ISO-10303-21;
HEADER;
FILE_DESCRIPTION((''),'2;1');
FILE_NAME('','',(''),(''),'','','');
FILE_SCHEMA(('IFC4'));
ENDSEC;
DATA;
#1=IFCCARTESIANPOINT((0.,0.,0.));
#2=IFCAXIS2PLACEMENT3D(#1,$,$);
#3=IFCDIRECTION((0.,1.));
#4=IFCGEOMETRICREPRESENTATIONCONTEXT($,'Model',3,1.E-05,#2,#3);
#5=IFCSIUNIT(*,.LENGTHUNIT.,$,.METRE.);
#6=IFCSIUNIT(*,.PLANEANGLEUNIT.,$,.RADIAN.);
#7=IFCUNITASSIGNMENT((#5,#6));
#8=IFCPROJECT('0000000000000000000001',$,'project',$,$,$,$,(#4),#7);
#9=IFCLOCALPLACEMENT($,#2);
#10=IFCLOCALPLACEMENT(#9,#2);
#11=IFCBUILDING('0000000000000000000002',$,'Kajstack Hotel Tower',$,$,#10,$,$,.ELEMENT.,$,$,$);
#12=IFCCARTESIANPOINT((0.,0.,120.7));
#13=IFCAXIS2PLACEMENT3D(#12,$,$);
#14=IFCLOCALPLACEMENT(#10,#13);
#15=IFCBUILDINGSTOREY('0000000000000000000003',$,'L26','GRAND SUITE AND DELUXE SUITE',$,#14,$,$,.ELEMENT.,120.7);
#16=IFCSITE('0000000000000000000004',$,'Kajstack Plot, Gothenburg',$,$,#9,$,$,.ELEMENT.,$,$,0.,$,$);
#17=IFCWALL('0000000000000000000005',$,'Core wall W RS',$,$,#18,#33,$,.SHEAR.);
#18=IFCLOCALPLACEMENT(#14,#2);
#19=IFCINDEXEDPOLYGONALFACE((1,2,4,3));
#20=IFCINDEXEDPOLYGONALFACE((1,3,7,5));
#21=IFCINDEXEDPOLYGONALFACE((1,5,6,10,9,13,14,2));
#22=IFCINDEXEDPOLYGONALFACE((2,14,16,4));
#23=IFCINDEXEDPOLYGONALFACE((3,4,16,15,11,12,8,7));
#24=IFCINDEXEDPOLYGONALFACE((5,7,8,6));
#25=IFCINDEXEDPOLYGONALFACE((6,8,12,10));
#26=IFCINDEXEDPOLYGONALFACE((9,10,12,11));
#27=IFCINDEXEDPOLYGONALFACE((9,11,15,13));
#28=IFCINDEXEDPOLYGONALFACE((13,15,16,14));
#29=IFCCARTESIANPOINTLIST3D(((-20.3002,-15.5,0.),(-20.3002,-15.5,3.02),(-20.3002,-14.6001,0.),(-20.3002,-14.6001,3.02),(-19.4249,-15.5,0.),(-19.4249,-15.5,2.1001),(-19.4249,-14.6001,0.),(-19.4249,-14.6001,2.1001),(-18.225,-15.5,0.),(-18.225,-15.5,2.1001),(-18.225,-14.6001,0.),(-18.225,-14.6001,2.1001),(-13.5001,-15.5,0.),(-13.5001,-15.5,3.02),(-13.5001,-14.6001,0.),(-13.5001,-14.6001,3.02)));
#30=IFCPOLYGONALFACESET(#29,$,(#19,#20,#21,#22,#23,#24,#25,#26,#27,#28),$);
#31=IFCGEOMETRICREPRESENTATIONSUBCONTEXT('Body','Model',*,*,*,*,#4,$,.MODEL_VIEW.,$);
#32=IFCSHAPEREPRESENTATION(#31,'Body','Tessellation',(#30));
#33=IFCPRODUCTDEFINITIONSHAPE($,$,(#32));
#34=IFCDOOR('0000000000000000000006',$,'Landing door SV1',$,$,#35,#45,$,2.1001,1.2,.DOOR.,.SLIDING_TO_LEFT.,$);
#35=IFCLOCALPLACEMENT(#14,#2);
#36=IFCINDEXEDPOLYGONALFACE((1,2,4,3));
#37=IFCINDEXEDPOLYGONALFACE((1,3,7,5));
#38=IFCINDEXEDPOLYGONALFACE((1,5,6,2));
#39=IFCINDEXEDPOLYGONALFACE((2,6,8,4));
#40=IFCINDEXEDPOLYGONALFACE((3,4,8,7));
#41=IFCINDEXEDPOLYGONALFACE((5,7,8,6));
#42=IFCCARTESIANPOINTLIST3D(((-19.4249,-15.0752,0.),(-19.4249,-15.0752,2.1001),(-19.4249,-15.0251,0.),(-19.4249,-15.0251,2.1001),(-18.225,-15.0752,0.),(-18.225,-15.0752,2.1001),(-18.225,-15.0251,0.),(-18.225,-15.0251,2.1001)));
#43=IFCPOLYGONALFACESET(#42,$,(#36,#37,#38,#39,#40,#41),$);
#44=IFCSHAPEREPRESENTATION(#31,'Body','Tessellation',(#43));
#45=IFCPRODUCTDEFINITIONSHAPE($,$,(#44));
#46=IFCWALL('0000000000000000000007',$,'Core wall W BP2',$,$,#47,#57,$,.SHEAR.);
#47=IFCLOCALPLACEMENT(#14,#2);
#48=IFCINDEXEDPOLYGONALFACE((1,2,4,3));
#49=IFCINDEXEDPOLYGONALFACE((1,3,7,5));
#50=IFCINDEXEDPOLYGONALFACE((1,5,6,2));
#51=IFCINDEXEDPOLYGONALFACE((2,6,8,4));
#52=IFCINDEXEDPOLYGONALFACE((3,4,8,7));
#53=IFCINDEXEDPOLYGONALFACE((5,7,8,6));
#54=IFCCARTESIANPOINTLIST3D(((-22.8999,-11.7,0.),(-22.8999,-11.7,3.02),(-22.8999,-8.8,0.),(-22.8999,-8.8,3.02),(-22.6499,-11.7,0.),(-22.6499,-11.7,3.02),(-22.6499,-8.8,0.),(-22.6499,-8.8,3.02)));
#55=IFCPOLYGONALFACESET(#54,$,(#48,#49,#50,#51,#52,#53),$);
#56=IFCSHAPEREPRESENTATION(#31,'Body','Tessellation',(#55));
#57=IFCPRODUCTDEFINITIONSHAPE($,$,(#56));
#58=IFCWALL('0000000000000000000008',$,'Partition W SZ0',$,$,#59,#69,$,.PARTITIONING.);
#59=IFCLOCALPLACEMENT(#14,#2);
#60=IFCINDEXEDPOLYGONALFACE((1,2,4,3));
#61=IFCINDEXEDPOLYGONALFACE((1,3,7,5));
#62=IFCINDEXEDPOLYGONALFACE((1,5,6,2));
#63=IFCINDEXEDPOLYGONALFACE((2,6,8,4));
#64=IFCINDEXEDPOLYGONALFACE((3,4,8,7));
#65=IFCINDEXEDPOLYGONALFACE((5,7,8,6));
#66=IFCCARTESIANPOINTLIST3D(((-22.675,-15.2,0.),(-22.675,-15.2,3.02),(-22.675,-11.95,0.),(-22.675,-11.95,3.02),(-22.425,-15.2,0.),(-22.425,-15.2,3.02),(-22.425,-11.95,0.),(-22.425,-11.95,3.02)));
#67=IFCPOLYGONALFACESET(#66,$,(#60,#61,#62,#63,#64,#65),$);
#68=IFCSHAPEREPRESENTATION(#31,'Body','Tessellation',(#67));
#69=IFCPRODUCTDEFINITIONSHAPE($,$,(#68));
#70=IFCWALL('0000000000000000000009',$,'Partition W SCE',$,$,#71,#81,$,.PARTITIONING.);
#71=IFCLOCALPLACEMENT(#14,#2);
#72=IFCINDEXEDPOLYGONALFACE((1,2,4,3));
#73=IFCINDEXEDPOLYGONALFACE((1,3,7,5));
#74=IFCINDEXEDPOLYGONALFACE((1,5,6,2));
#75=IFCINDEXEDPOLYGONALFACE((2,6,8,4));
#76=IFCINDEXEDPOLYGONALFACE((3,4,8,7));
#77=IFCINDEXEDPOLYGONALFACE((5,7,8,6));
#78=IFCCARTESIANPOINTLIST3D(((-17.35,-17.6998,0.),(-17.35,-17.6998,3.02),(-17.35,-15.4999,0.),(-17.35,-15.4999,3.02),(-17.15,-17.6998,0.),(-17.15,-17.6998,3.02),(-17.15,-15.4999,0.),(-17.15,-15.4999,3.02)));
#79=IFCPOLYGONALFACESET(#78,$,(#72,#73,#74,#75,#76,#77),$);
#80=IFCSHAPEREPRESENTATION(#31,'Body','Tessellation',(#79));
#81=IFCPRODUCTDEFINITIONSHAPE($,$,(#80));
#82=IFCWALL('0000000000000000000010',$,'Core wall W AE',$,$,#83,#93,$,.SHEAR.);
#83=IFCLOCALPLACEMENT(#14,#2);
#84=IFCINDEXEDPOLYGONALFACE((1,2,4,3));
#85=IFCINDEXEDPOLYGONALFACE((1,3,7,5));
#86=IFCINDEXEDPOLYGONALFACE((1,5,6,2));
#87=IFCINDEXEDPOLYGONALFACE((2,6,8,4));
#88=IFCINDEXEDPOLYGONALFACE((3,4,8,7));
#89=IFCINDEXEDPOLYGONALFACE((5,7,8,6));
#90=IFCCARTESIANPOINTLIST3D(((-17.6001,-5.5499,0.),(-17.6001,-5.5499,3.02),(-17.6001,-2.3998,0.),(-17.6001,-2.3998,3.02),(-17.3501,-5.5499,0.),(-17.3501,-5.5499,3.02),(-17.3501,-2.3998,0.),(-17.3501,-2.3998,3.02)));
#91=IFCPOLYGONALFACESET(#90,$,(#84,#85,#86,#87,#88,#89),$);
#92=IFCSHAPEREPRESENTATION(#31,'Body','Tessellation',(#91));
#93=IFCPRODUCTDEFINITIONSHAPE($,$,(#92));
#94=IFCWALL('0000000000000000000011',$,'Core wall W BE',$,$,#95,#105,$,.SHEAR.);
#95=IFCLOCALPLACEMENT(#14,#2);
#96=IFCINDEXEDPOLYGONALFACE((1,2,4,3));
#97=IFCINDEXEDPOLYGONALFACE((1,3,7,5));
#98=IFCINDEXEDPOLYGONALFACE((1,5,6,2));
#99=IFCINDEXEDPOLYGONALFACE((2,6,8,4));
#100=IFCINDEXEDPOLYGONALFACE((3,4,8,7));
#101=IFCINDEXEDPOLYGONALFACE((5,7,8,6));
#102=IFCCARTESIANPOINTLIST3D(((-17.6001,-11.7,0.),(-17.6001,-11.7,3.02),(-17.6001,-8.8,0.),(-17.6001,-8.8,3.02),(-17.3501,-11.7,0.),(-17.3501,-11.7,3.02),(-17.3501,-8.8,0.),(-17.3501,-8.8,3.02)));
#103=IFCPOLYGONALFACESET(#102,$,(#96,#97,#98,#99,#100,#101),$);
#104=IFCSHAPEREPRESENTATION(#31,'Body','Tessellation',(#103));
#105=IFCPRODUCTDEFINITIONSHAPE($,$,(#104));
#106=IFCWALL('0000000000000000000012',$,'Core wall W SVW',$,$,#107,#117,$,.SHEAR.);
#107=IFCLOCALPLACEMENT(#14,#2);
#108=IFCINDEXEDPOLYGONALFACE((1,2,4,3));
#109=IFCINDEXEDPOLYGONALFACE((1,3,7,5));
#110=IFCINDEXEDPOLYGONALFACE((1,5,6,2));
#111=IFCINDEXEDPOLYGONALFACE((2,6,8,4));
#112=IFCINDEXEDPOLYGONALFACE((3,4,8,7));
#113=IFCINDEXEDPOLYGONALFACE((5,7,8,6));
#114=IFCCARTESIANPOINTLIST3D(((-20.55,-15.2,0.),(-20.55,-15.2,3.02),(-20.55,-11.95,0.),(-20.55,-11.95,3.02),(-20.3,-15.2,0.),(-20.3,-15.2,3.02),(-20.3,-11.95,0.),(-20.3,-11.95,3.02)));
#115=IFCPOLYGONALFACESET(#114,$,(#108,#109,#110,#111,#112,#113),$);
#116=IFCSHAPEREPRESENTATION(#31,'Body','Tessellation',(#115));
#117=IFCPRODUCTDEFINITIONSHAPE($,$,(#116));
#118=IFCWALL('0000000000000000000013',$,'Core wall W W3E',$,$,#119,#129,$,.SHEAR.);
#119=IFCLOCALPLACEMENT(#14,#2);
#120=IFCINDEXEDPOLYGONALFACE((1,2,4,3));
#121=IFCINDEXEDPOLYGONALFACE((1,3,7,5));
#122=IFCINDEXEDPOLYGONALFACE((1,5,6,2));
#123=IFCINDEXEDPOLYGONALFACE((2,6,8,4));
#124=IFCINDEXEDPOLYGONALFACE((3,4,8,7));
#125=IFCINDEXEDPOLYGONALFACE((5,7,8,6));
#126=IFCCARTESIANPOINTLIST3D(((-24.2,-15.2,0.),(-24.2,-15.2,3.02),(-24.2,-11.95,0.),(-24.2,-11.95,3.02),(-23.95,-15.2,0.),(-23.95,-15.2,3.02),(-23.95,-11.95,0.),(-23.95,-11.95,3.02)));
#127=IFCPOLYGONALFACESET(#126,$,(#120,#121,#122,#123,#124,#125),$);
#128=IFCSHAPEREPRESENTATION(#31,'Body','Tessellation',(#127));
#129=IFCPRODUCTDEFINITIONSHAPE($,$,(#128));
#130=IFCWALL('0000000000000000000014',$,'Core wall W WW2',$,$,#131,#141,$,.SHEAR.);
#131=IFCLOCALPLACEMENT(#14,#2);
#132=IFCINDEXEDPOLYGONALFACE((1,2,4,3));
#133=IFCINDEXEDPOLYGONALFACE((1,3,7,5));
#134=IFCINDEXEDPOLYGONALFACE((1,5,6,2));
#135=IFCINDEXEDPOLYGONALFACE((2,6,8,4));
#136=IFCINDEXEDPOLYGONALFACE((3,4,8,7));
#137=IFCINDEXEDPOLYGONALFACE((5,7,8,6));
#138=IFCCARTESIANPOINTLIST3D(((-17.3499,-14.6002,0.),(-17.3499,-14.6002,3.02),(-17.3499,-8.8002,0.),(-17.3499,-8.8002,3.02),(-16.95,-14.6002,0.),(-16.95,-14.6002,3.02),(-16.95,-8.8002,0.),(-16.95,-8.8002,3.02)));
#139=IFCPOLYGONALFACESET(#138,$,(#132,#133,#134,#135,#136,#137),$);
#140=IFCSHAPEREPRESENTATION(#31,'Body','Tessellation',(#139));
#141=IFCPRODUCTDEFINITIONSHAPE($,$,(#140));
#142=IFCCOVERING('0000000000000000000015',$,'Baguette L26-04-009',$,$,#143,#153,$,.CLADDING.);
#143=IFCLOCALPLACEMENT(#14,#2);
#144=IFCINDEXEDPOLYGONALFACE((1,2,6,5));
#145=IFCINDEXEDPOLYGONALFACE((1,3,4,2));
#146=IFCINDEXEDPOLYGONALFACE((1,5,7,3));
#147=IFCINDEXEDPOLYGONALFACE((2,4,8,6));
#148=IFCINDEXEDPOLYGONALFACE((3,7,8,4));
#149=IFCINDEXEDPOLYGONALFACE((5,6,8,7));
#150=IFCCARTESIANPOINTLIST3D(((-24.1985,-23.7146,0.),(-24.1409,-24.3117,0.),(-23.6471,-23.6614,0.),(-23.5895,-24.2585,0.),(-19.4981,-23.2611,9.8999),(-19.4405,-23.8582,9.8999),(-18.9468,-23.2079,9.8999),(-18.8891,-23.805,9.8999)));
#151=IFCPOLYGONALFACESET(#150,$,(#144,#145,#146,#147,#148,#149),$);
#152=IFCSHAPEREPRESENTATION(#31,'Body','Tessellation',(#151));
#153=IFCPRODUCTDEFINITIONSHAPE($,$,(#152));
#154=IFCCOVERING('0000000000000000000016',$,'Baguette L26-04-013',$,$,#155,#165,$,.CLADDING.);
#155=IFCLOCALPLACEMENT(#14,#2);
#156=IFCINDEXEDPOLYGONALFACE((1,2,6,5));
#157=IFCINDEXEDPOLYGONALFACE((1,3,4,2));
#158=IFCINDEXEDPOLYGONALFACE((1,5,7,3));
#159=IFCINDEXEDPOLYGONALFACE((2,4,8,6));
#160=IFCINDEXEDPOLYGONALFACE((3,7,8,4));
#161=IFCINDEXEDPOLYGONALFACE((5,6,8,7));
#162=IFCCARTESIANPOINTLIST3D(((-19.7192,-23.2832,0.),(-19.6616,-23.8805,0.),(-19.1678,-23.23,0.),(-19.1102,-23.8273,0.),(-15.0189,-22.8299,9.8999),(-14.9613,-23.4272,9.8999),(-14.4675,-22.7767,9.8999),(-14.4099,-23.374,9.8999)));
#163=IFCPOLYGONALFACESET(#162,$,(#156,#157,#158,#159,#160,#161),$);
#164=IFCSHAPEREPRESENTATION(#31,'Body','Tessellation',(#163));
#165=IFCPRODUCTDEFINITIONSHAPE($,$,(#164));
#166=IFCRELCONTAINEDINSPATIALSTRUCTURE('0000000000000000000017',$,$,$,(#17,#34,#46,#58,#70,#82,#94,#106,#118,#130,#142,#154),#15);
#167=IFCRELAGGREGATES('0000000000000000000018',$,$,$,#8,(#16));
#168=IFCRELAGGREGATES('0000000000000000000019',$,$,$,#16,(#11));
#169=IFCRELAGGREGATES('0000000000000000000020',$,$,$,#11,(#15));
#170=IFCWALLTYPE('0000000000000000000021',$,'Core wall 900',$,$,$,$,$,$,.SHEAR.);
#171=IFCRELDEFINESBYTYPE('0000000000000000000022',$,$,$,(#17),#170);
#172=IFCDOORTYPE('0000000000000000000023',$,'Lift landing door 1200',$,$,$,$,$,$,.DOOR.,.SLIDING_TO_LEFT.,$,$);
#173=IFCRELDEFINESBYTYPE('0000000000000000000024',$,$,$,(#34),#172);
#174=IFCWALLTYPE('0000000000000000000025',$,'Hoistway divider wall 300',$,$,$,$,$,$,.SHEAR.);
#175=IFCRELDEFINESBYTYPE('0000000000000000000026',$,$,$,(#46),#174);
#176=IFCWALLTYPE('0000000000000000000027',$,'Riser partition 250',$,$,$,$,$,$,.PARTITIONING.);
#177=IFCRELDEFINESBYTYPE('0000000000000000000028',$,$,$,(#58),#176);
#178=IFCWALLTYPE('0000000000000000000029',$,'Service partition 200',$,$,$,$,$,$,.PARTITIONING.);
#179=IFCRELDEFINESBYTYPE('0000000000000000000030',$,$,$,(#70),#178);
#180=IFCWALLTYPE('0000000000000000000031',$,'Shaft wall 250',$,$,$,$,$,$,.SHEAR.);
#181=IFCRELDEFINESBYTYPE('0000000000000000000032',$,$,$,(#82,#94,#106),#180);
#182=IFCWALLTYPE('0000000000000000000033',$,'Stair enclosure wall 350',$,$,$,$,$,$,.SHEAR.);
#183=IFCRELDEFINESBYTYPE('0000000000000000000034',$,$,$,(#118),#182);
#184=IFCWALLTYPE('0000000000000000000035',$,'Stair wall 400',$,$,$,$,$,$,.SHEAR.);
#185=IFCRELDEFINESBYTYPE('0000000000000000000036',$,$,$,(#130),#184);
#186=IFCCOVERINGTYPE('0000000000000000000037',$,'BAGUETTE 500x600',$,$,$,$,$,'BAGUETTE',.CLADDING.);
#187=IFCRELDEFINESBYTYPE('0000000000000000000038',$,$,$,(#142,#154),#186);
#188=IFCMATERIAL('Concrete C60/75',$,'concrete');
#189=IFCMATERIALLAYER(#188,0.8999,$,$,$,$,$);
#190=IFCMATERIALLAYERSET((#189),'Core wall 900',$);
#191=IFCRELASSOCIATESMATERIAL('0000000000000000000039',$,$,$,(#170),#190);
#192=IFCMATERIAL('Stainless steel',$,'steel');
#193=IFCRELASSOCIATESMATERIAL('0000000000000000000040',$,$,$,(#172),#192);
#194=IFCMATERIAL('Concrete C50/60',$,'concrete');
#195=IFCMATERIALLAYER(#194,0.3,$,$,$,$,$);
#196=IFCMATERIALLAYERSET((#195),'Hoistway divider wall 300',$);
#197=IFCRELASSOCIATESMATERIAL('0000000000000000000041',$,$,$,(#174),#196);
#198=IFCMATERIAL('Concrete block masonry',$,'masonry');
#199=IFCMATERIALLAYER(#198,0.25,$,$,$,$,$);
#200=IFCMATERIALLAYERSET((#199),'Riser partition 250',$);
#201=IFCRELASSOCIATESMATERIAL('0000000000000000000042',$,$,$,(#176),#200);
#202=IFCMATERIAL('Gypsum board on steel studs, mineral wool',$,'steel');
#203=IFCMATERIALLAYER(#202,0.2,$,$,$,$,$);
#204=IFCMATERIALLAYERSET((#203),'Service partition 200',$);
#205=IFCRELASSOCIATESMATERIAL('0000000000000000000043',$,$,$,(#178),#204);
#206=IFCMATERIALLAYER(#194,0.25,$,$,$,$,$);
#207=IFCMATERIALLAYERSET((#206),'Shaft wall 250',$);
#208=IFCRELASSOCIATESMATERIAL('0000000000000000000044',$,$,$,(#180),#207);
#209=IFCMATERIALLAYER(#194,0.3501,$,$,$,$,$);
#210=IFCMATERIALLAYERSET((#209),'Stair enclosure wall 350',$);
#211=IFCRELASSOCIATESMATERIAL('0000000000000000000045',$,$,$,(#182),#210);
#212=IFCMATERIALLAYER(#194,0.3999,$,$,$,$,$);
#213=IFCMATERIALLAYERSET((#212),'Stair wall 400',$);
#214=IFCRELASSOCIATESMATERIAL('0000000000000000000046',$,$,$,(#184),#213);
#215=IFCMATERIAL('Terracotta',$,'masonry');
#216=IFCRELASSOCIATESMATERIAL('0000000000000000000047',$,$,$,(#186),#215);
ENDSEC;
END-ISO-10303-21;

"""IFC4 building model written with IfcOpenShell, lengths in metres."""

from ifc_helpers import new_model, si_unit, direction, frame, frame_2d, origin, origin_2d, place, context, subcontext, project, spatial, polyline, rectangle, outline, extrude, material, layer, layer_set, material_profile, profile_set, type_object, element, fill, save


model = new_model("IFC4")

# Units and contexts
model_context = context("Model", 3, precision=1e-05, world=origin(), true_north=direction((0.0, 1.0)))
body_context = subcontext(model_context, "Body", "Model", "MODEL_VIEW")
ifc_project = project(units=[si_unit("LENGTHUNIT", "METRE"), si_unit("PLANEANGLEUNIT", "RADIAN")], contexts=[model_context])

# Site, building, storey
site_placement = place(None, origin())
site = spatial("IfcSite", under=ifc_project, at=site_placement, Name="Kajstack Plot, Gothenburg", CompositionType="ELEMENT", RefElevation=0.0)
building_placement = place(site_placement, origin())
building = spatial("IfcBuilding", under=site, at=building_placement, Name="Kajstack Hotel Tower", CompositionType="ELEMENT")
storey_placement = place(building_placement, frame((0.0, 0.0, 120.7)))
storey = spatial("IfcBuildingStorey", under=building, at=storey_placement, Name="L26", Description="GRAND SUITE AND DELUXE SUITE", CompositionType="ELEMENT", Elevation=120.7)

# Wall, opening, door
ifc_material_1 = material(Name="Concrete C60/75", Category="concrete")
ifc_layer_1 = layer(ifc_material_1, 0.8999)
ifc_layer_set_1 = layer_set([ifc_layer_1], Name="Core wall 900")
wall_type_1 = type_object("IfcWallType", Name="Core wall 900", PredefinedType="SHEAR", material=ifc_layer_set_1)
wall_1_placement = place(storey_placement, frame((-20.3, -15.05, 0.0), z_axis=(0.0, 0.0, 1.0), x_axis=(1.0, 0.0, 0.0)))
wall_1 = element("IfcWall", 1, at=wall_1_placement, inside=storey, type_object=wall_type_1, Name="Core wall W RS", PredefinedType="SHEAR", context=body_context, shape_type="SweptSolid", body=[
    extrude(rectangle(XDim=6.8, YDim=0.8999, at=frame_2d((3.3999, 0.0))), origin(), (0.0, 0.0, 1.0), 3.02),
])
opening_placement = place(wall_1_placement, frame((0.875, 0.0, 0.0)))
opening = element("IfcOpeningElement", 2, at=opening_placement, cuts=wall_1, PredefinedType="OPENING", context=body_context, shape_type="SweptSolid", body=[
    extrude(rectangle(XDim=1.2, YDim=2.1001, at=frame_2d((0.6001, 1.05))), frame((0.0, 0.46, 0.0), z_axis=(0.0, -1.0, 0.0), x_axis=(1.0, 0.0, 0.0)), (0.0, 0.0, 1.0), 0.9199),
])
ifc_material_2 = material(Name="Stainless steel", Category="steel")
door_type = type_object("IfcDoorType", Name="Lift landing door 1200", OperationType="SLIDING_TO_LEFT", PredefinedType="DOOR", material=ifc_material_2)
door_placement = place(opening_placement, origin())
door = element("IfcDoor", 3, at=door_placement, inside=storey, type_object=door_type, Name="Landing door SV1", OperationType="SLIDING_TO_LEFT", OverallHeight=2.1001, OverallWidth=1.2, PredefinedType="DOOR", context=body_context, shape_type="SweptSolid", body=[
    extrude(rectangle(XDim=1.2, YDim=2.1001, at=frame_2d((0.6001, 1.05))), frame((0.0, 0.0249, 0.0), z_axis=(0.0, -1.0, 0.0), x_axis=(1.0, 0.0, 0.0)), (0.0, 0.0, 1.0), 0.05),
])
fill(opening, door)

# Walls
ifc_material_3 = material(Name="Concrete C50/60", Category="concrete")
ifc_layer_2 = layer(ifc_material_3, 0.3)
ifc_layer_set_2 = layer_set([ifc_layer_2], Name="Hoistway divider wall 300")
wall_type_2 = type_object("IfcWallType", Name="Hoistway divider wall 300", PredefinedType="SHEAR", material=ifc_layer_set_2)
wall_2_placement = place(storey_placement, frame((-22.7749, -11.7, 0.0), z_axis=(0.0, 0.0, 1.0), x_axis=(0.0, 1.0, 0.0)))
element("IfcWall", 4, at=wall_2_placement, inside=storey, type_object=wall_type_2, Name="Core wall W BP2", PredefinedType="SHEAR", context=body_context, shape_type="SweptSolid", body=[
    extrude(rectangle(XDim=2.8999, YDim=0.25, at=frame_2d((1.45, 0.0))), origin(), (0.0, 0.0, 1.0), 3.02),
])
ifc_material_4 = material(Name="Concrete block masonry", Category="masonry")
ifc_layer_3 = layer(ifc_material_4, 0.25)
ifc_layer_set_3 = layer_set([ifc_layer_3], Name="Riser partition 250")
wall_type_3 = type_object("IfcWallType", Name="Riser partition 250", PredefinedType="PARTITIONING", material=ifc_layer_set_3)
wall_3_placement = place(storey_placement, frame((-22.55, -15.2, 0.0), z_axis=(0.0, 0.0, 1.0), x_axis=(0.0, 1.0, 0.0)))
element("IfcWall", 5, at=wall_3_placement, inside=storey, type_object=wall_type_3, Name="Partition W SZ0", PredefinedType="PARTITIONING", context=body_context, shape_type="SweptSolid", body=[
    extrude(rectangle(XDim=3.25, YDim=0.25, at=frame_2d((1.625, 0.0))), origin(), (0.0, 0.0, 1.0), 3.02),
])
ifc_material_5 = material(Name="Gypsum board on steel studs, mineral wool", Category="steel")
ifc_layer_4 = layer(ifc_material_5, 0.2)
ifc_layer_set_4 = layer_set([ifc_layer_4], Name="Service partition 200")
wall_type_4 = type_object("IfcWallType", Name="Service partition 200", PredefinedType="PARTITIONING", material=ifc_layer_set_4)
wall_4_placement = place(storey_placement, frame((-17.25, -17.7, 0.0), z_axis=(0.0, 0.0, 1.0), x_axis=(0.0, 1.0, 0.0)))
element("IfcWall", 6, at=wall_4_placement, inside=storey, type_object=wall_type_4, Name="Partition W SCE", PredefinedType="PARTITIONING", context=body_context, shape_type="SweptSolid", body=[
    extrude(rectangle(XDim=2.2, YDim=0.2, at=frame_2d((1.1001, 0.0))), origin(), (0.0, 0.0, 1.0), 3.02),
])
ifc_layer_5 = layer(ifc_material_3, 0.25)
ifc_layer_set_5 = layer_set([ifc_layer_5], Name="Shaft wall 250")
wall_type_5 = type_object("IfcWallType", Name="Shaft wall 250", PredefinedType="SHEAR", material=ifc_layer_set_5)
wall_5_placement = place(storey_placement, frame((-17.4751, -5.55, 0.0), z_axis=(0.0, 0.0, 1.0), x_axis=(0.0, 1.0, 0.0)))
element("IfcWall", 7, at=wall_5_placement, inside=storey, type_object=wall_type_5, Name="Core wall W AE", PredefinedType="SHEAR", context=body_context, shape_type="SweptSolid", body=[
    extrude(rectangle(XDim=3.1501, YDim=0.25, at=frame_2d((1.5752, 0.0))), origin(), (0.0, 0.0, 1.0), 3.02),
])
wall_6_placement = place(storey_placement, frame((-17.4751, -11.7, 0.0), z_axis=(0.0, 0.0, 1.0), x_axis=(0.0, 1.0, 0.0)))
element("IfcWall", 8, at=wall_6_placement, inside=storey, type_object=wall_type_5, Name="Core wall W BE", PredefinedType="SHEAR", context=body_context, shape_type="SweptSolid", body=[
    extrude(rectangle(XDim=2.8999, YDim=0.25, at=frame_2d((1.45, 0.0))), origin(), (0.0, 0.0, 1.0), 3.02),
])
wall_7_placement = place(storey_placement, frame((-20.425, -15.2, 0.0), z_axis=(0.0, 0.0, 1.0), x_axis=(0.0, 1.0, 0.0)))
element("IfcWall", 9, at=wall_7_placement, inside=storey, type_object=wall_type_5, Name="Core wall W SVW", PredefinedType="SHEAR", context=body_context, shape_type="SweptSolid", body=[
    extrude(rectangle(XDim=3.25, YDim=0.25, at=frame_2d((1.625, 0.0))), origin(), (0.0, 0.0, 1.0), 3.02),
])
ifc_layer_6 = layer(ifc_material_3, 0.3501)
ifc_layer_set_6 = layer_set([ifc_layer_6], Name="Stair enclosure wall 350")
wall_type_6 = type_object("IfcWallType", Name="Stair enclosure wall 350", PredefinedType="SHEAR", material=ifc_layer_set_6)
wall_8_placement = place(storey_placement, frame((-24.075, -15.2, 0.0), z_axis=(0.0, 0.0, 1.0), x_axis=(0.0, 1.0, 0.0)))
element("IfcWall", 10, at=wall_8_placement, inside=storey, type_object=wall_type_6, Name="Core wall W W3E", PredefinedType="SHEAR", context=body_context, shape_type="SweptSolid", body=[
    extrude(rectangle(XDim=3.25, YDim=0.25, at=frame_2d((1.625, 0.0))), origin(), (0.0, 0.0, 1.0), 3.02),
])
ifc_layer_7 = layer(ifc_material_3, 0.3999)
ifc_layer_set_7 = layer_set([ifc_layer_7], Name="Stair wall 400")
wall_type_7 = type_object("IfcWallType", Name="Stair wall 400", PredefinedType="SHEAR", material=ifc_layer_set_7)
wall_9_placement = place(storey_placement, frame((-17.1499, -14.6001, 0.0), z_axis=(0.0, 0.0, 1.0), x_axis=(0.0, 1.0, 0.0)))
element("IfcWall", 11, at=wall_9_placement, inside=storey, type_object=wall_type_7, Name="Core wall W WW2", PredefinedType="SHEAR", context=body_context, shape_type="SweptSolid", body=[
    extrude(rectangle(XDim=5.8, YDim=0.3999, at=frame_2d((2.8999, 0.0))), origin(), (0.0, 0.0, 1.0), 3.02),
])

# Coverings
ifc_material_6 = material(Name="Terracotta", Category="masonry")
ifc_material_profile = material_profile(ifc_material_6, rectangle(XDim=0.6001, YDim=0.5, at=origin_2d()), Name="Terracotta-clad concrete baguette 500 x 600")
ifc_profile_set = profile_set([ifc_material_profile], Name="Terracotta")
covering_type = type_object("IfcCoveringType", Name="BAGUETTE 500x600", ElementType="BAGUETTE", PredefinedType="CLADDING", material=ifc_profile_set)
covering_1_placement = place(storey_placement, frame((-24.1985, -23.7146, 0.0), z_axis=(0.096038, -0.995378, 0.0), x_axis=(0.995378, 0.096038, 0.0)))
element("IfcCovering", 12, at=covering_1_placement, inside=storey, type_object=covering_type, Name="Baguette L26-04-009", PredefinedType="CLADDING", context=body_context, shape_type="SweptSolid", body=[
    extrude(outline(polyline([(4.7222, 9.8999), (0.0, 0.0), (0.554, 0.0), (5.2761, 9.8999), (4.7222, 9.8999)])), origin(), (0.0, 0.0, 1.0), 0.5999),
])
covering_2_placement = place(storey_placement, frame((-19.7192, -23.2832, 0.0), z_axis=(0.095999, -0.995381, 0.0), x_axis=(0.995381, 0.095999, 0.0)))
element("IfcCovering", 13, at=covering_2_placement, inside=storey, type_object=covering_type, Name="Baguette L26-04-013", PredefinedType="CLADDING", context=body_context, shape_type="SweptSolid", body=[
    extrude(outline(polyline([(4.7222, 9.8999), (0.0, 0.0), (0.554, 0.0), (5.2761, 9.8999), (4.7222, 9.8999)])), origin(), (0.0, 0.0, 1.0), 0.6001),
])

save(model, "model.ifc")
